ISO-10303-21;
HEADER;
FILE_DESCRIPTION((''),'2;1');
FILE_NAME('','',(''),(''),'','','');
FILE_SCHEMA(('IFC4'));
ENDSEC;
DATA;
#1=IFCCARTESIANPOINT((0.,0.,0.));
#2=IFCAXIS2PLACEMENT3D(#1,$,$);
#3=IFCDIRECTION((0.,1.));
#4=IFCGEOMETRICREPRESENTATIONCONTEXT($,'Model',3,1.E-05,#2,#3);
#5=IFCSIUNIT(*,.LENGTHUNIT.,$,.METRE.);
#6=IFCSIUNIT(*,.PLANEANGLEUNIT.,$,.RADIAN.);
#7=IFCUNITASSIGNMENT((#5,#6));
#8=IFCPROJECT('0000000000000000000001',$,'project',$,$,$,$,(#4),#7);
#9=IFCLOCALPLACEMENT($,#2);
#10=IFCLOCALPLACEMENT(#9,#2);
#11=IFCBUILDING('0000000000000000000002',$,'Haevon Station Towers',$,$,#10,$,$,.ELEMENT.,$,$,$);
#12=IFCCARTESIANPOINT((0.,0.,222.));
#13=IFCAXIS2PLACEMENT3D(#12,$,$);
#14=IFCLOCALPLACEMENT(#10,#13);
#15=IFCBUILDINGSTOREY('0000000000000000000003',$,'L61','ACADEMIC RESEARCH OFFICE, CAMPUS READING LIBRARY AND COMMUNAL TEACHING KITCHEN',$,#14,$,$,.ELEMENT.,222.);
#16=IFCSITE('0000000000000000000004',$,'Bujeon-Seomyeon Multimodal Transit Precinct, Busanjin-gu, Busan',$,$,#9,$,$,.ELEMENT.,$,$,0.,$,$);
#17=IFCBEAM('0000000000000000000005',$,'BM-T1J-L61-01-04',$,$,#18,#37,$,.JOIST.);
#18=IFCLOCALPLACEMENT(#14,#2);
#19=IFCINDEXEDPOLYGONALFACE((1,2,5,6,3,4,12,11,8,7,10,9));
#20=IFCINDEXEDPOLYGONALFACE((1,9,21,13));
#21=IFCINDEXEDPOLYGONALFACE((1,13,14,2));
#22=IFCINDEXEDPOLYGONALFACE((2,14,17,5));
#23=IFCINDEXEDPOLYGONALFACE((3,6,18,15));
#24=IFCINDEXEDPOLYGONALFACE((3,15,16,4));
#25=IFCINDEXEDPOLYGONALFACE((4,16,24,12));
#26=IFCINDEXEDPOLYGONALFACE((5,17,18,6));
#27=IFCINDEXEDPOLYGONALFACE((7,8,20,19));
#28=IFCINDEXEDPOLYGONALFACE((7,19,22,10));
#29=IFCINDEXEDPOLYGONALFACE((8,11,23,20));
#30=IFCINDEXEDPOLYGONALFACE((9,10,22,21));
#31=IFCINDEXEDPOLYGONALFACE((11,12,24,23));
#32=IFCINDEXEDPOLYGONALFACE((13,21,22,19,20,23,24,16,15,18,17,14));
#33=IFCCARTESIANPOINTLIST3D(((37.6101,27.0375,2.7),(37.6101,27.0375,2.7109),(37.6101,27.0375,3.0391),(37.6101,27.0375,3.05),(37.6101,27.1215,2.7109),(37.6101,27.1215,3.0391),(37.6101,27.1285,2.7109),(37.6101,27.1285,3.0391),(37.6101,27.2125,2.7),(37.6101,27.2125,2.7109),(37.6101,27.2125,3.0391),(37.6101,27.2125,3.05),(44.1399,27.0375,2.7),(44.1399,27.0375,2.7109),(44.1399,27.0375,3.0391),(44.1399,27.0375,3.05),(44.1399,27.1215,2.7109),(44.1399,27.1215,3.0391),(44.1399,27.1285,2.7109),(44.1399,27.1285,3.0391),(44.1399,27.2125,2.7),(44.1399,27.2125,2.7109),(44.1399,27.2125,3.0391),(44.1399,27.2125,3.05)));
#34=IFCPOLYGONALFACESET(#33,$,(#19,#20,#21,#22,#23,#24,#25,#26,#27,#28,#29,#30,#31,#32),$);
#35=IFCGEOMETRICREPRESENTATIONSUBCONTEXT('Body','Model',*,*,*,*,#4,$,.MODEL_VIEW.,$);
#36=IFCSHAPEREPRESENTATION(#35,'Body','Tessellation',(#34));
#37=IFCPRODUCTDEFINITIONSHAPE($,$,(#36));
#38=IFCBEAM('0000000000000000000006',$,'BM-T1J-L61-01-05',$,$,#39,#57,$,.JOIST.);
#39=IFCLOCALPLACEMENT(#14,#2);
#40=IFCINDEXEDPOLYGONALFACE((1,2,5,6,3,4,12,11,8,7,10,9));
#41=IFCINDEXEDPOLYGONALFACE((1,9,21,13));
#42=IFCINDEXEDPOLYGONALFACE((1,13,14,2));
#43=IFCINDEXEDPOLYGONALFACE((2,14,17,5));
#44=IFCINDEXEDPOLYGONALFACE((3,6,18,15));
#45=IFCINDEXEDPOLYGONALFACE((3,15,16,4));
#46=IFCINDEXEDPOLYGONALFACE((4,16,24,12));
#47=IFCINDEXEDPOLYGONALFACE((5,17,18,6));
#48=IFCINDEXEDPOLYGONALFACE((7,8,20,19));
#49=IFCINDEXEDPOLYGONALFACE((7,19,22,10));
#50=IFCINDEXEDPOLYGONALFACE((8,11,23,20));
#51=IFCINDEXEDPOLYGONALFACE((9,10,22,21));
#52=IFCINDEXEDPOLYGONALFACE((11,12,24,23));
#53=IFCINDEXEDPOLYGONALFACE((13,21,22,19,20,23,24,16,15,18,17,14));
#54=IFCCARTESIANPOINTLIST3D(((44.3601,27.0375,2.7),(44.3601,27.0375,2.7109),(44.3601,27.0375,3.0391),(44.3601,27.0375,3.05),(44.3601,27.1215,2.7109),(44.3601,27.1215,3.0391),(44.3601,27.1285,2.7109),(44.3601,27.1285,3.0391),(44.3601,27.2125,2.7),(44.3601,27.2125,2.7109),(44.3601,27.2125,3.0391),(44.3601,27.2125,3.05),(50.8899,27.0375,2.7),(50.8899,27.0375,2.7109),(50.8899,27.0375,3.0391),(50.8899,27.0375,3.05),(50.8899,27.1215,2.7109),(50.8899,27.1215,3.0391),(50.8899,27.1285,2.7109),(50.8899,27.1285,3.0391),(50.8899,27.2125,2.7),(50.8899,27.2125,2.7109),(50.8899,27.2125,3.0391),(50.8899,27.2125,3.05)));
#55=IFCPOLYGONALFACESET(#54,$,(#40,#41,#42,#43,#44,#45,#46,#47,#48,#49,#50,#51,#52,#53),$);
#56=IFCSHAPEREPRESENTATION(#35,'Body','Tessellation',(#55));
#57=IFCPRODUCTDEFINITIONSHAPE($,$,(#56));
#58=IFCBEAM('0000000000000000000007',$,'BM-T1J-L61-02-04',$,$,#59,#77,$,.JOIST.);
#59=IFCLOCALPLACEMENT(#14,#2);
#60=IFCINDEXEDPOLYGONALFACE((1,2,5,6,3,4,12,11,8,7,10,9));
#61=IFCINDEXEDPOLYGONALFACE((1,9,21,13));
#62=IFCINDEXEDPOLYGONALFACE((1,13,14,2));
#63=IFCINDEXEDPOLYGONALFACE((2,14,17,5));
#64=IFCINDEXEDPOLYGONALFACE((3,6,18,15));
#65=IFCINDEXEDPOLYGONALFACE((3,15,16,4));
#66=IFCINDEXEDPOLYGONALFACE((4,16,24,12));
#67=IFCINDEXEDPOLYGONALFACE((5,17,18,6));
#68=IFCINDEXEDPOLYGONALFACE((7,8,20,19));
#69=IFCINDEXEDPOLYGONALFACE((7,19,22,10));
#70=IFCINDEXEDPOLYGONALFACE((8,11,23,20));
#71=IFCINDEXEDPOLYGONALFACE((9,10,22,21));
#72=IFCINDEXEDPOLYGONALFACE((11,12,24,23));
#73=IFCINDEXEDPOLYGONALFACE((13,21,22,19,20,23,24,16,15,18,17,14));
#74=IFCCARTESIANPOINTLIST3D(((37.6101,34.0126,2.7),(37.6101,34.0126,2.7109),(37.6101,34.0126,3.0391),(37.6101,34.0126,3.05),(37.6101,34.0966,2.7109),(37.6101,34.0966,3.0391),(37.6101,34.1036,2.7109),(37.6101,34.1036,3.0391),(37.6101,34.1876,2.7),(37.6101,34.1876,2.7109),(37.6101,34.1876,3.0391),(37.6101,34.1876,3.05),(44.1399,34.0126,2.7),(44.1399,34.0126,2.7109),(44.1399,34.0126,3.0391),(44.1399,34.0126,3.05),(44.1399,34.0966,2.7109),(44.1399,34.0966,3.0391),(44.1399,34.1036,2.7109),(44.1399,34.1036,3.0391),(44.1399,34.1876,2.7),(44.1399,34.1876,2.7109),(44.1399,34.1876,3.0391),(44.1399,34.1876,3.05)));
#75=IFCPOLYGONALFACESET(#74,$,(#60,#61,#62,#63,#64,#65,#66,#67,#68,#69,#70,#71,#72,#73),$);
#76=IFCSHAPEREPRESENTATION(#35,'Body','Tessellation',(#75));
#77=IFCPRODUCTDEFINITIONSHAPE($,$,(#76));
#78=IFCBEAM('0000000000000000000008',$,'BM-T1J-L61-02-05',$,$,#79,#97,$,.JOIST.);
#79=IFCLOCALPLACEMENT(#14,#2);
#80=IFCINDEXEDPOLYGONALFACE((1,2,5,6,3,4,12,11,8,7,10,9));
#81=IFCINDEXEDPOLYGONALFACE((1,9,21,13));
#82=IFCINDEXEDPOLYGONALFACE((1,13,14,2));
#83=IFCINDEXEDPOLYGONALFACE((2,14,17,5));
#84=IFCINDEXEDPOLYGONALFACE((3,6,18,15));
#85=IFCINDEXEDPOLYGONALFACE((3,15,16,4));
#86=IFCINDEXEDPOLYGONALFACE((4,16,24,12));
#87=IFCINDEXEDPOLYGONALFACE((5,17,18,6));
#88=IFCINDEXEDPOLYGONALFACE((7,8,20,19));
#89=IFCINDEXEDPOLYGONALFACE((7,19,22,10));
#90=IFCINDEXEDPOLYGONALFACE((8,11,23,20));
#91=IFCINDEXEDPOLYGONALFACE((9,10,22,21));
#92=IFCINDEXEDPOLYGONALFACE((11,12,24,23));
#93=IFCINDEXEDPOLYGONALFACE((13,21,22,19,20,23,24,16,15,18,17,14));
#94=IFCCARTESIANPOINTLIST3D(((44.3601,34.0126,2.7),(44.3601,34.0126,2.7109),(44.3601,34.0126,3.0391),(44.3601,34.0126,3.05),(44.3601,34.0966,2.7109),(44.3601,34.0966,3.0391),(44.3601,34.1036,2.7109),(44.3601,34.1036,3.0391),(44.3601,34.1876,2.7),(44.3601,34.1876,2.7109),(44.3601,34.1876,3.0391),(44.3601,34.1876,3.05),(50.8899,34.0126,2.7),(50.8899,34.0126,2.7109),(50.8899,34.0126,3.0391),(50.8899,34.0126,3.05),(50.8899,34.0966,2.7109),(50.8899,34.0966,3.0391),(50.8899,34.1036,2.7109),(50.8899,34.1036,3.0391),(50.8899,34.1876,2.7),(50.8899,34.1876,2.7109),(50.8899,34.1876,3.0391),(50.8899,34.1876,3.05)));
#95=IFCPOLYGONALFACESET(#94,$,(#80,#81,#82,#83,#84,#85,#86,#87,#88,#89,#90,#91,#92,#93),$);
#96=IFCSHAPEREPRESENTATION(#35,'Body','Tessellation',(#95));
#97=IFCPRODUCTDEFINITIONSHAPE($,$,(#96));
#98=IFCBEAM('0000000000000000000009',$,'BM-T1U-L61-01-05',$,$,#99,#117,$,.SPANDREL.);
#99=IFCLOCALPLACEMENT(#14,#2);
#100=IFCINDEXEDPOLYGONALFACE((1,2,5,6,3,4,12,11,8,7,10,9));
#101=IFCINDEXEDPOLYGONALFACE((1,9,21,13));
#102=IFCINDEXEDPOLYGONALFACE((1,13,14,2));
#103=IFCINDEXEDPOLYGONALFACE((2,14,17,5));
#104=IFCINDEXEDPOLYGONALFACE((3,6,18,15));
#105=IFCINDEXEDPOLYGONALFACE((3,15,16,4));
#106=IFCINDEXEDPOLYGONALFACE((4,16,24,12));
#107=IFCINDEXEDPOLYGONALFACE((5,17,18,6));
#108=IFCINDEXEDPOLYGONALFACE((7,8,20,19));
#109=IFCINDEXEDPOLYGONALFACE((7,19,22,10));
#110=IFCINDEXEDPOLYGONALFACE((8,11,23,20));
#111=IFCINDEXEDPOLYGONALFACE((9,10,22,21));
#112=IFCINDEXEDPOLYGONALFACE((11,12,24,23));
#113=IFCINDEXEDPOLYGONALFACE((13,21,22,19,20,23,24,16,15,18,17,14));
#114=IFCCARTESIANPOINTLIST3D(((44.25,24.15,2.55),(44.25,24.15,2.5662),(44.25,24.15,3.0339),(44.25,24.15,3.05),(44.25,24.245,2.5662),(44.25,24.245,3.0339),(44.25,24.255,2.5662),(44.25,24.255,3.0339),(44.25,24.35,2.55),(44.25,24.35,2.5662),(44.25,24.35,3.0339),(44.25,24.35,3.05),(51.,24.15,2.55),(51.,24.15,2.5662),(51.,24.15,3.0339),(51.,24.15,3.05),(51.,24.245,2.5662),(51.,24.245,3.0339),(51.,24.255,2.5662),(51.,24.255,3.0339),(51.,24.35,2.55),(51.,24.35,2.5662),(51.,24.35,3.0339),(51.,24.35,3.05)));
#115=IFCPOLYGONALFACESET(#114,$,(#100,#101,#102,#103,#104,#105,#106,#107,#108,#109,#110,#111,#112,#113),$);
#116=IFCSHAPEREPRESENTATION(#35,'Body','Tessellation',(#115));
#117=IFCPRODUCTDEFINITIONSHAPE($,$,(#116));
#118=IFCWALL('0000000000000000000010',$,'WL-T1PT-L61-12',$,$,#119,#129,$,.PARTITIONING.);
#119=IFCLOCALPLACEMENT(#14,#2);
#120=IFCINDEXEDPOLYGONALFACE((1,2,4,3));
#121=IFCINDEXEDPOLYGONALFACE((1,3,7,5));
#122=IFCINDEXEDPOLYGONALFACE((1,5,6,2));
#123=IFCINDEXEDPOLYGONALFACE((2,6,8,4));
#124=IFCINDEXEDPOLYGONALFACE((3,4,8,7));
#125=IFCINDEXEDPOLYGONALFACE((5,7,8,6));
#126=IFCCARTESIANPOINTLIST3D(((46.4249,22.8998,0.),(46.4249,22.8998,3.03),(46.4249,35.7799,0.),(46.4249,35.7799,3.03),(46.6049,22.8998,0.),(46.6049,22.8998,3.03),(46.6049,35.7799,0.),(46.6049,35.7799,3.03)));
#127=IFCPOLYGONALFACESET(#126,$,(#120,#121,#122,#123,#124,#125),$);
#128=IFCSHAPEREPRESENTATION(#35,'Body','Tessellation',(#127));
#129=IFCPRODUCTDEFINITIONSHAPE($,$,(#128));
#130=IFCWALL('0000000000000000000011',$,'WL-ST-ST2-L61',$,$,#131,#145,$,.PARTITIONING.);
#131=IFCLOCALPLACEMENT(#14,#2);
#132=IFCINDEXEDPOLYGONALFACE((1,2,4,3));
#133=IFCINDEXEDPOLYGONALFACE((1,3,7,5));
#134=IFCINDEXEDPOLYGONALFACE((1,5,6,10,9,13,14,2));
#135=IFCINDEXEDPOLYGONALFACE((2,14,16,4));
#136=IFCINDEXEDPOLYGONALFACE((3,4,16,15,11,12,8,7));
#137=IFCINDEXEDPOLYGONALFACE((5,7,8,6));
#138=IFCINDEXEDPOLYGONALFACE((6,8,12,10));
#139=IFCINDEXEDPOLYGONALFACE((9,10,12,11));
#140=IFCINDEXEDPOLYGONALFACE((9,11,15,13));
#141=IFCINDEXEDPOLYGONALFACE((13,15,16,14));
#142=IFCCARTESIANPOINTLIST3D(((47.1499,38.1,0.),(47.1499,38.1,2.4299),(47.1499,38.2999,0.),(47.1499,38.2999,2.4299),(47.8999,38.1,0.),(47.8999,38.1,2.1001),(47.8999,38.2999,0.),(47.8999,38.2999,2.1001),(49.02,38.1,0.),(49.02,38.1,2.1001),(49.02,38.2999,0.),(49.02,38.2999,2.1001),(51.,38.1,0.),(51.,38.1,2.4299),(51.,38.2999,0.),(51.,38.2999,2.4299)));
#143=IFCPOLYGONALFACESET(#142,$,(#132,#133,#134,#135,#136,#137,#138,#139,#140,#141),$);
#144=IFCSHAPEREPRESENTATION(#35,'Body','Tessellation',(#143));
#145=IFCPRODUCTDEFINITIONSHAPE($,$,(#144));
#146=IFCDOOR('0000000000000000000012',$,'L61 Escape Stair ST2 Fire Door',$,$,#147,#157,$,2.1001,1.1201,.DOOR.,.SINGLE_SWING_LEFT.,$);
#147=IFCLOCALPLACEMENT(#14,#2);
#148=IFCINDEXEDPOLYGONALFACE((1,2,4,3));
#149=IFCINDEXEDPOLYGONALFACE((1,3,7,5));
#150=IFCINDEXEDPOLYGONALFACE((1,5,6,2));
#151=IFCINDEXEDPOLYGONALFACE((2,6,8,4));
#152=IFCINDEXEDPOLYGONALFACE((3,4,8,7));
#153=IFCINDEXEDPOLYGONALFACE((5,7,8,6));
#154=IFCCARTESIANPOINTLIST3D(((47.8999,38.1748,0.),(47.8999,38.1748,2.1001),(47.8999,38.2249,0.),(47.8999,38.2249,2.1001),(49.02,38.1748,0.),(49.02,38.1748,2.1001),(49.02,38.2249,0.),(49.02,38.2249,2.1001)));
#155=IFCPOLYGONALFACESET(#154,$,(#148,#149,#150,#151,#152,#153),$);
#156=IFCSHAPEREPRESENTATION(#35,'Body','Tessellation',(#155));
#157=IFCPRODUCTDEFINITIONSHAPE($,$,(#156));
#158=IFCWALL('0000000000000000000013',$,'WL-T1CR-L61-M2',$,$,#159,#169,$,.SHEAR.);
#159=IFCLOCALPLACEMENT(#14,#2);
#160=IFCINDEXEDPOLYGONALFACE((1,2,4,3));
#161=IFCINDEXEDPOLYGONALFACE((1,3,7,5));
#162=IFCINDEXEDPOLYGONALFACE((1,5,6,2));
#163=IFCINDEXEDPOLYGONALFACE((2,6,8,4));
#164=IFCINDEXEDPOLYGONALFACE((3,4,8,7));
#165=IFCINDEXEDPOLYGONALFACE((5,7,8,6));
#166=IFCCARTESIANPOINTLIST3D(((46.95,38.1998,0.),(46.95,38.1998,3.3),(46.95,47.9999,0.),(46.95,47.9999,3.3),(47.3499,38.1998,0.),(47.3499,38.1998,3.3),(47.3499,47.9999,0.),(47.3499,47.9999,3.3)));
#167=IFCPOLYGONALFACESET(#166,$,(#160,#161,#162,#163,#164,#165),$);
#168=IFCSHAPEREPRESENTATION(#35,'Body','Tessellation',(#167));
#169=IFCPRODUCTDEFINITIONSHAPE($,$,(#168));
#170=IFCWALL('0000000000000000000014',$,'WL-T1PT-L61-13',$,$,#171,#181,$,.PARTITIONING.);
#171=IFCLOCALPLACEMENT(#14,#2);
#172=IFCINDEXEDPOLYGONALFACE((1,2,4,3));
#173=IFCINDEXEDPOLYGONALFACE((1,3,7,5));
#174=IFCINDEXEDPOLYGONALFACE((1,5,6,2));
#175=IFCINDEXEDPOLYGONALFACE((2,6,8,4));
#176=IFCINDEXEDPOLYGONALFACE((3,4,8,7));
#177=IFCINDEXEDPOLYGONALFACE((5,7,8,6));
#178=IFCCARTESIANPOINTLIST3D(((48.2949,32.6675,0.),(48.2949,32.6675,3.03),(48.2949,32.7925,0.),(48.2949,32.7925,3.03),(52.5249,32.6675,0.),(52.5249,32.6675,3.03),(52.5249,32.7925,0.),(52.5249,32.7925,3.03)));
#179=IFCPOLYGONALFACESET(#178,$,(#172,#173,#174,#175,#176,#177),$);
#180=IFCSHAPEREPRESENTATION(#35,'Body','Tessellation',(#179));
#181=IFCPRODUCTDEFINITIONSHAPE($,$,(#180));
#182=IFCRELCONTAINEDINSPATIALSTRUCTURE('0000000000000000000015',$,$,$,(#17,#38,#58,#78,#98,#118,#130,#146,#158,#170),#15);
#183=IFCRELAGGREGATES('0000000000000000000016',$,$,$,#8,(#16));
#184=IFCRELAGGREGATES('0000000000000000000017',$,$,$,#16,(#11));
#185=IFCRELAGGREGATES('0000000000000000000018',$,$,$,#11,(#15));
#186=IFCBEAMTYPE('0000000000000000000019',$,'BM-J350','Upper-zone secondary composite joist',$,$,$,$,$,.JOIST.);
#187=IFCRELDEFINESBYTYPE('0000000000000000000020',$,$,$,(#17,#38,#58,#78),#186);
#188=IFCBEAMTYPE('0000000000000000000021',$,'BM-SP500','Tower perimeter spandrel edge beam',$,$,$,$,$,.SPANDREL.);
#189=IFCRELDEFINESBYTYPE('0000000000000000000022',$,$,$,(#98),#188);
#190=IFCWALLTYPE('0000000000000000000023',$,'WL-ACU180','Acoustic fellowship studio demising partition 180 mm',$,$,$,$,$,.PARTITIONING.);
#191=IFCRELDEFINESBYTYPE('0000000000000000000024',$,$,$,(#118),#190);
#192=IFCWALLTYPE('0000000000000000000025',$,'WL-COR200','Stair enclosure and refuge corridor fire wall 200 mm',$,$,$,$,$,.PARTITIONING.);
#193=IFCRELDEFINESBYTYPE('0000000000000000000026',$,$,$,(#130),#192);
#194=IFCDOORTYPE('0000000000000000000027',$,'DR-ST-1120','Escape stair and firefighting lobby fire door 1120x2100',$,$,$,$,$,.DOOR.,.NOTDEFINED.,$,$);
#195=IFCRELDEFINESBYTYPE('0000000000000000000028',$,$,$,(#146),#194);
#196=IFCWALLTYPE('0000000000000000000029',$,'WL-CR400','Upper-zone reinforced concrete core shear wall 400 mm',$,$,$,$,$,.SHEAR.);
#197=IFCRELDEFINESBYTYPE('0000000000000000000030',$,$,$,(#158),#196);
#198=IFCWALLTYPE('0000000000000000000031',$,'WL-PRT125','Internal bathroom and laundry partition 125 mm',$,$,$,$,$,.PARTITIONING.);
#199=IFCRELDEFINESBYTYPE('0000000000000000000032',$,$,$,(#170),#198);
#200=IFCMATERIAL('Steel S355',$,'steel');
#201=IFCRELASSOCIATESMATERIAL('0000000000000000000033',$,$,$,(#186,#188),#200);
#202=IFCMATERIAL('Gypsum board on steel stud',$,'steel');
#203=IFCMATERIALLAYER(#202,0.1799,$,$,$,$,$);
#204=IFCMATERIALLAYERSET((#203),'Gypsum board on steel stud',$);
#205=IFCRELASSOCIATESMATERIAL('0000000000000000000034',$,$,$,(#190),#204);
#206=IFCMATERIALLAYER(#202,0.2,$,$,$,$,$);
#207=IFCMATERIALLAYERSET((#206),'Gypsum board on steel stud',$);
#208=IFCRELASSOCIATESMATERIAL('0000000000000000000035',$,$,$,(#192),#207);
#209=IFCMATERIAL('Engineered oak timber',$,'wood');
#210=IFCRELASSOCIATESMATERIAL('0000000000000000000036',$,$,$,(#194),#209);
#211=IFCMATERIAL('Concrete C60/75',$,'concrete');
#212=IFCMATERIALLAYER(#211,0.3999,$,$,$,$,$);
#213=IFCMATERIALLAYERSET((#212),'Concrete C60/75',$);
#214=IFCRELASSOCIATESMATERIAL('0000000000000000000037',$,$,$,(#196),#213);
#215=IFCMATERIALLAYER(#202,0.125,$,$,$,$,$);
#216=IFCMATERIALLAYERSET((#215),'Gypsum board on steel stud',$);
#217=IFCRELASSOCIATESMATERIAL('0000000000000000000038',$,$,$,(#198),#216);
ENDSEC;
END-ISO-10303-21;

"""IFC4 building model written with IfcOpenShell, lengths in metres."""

from ifc_helpers import new_model, si_unit, direction, frame, frame_2d, origin, origin_2d, place, context, subcontext, project, spatial, rectangle, i_section, extrude, material, layer, layer_set, material_profile, profile_set, type_object, element, fill, save


model = new_model("IFC4")

# Units and contexts
model_context = context("Model", 3, precision=1e-05, world=origin(), true_north=direction((0.0, 1.0)))
body_context = subcontext(model_context, "Body", "Model", "MODEL_VIEW")
ifc_project = project(units=[si_unit("LENGTHUNIT", "METRE"), si_unit("PLANEANGLEUNIT", "RADIAN")], contexts=[model_context])

# Site, building, storey
site_placement = place(None, origin())
site = spatial("IfcSite", under=ifc_project, at=site_placement, Name="Bujeon-Seomyeon Multimodal Transit Precinct, Busanjin-gu, Busan", CompositionType="ELEMENT", RefElevation=0.0)
building_placement = place(site_placement, origin())
building = spatial("IfcBuilding", under=site, at=building_placement, Name="Haevon Station Towers", CompositionType="ELEMENT")
storey_placement = place(building_placement, frame((0.0, 0.0, 222.0)))
storey = spatial("IfcBuildingStorey", under=building, at=storey_placement, Name="L61", Description="ACADEMIC RESEARCH OFFICE, CAMPUS READING LIBRARY AND COMMUNAL TEACHING KITCHEN", CompositionType="ELEMENT", Elevation=222.0)

# Shared definitions
ifc_material_1 = material(Name="Steel S355", Category="steel")

# Beams
ifc_material_profile_1 = material_profile(ifc_material_1, i_section(OverallWidth=0.175, OverallDepth=0.3501, WebThickness=0.0071, FlangeThickness=0.011, at=origin_2d()), Name="H-350x175x7x11")
ifc_profile_set_1 = profile_set([ifc_material_profile_1], Name="Steel S355")
beam_type_1 = type_object("IfcBeamType", Name="BM-J350", Description="Upper-zone secondary composite joist", PredefinedType="JOIST", material=ifc_profile_set_1)
for number, where, z_axis, x_axis, name in (
    (1, (37.6101, 27.125, 2.875), (1.0, 0.0, 0.0), (0.0, 1.0, 0.0), "BM-T1J-L61-01-04"),
    (2, (44.3601, 27.125, 2.875), (1.0, 0.0, 0.0), (0.0, 1.0, 0.0), "BM-T1J-L61-01-05"),
    (3, (37.6101, 34.1001, 2.875), (1.0, 0.0, 0.0), (0.0, 1.0, 0.0), "BM-T1J-L61-02-04"),
    (4, (44.3601, 34.1001, 2.875), (1.0, 0.0, 0.0), (0.0, 1.0, 0.0), "BM-T1J-L61-02-05"),
):
    element("IfcBeam", number, at=place(storey_placement, frame(where, z_axis=z_axis, x_axis=x_axis)), inside=storey, type_object=beam_type_1, Name=name, PredefinedType="JOIST", context=body_context, shape_type="SweptSolid", body=[
        extrude(i_section(OverallWidth=0.175, OverallDepth=0.3501, WebThickness=0.0071, FlangeThickness=0.011, at=origin_2d()), origin(), (0.0, 0.0, 1.0), 6.5298),
    ])
ifc_material_profile_2 = material_profile(ifc_material_1, i_section(OverallWidth=0.2, OverallDepth=0.5, WebThickness=0.01, FlangeThickness=0.0161, at=origin_2d()), Name="H-500x200x10x16")
ifc_profile_set_2 = profile_set([ifc_material_profile_2], Name="Steel S355")
beam_type_2 = type_object("IfcBeamType", Name="BM-SP500", Description="Tower perimeter spandrel edge beam", PredefinedType="SPANDREL", material=ifc_profile_set_2)
beam_1_placement = place(storey_placement, frame((44.25, 24.25, 2.8), z_axis=(1.0, 0.0, 0.0), x_axis=(0.0, 1.0, 0.0)))
element("IfcBeam", 5, at=beam_1_placement, inside=storey, type_object=beam_type_2, Name="BM-T1U-L61-01-05", PredefinedType="SPANDREL", context=body_context, shape_type="SweptSolid", body=[
    extrude(i_section(OverallWidth=0.2, OverallDepth=0.5, WebThickness=0.01, FlangeThickness=0.0161, at=origin_2d()), origin(), (0.0, 0.0, 1.0), 6.75),
])

# Wall
ifc_material_2 = material(Name="Gypsum board on steel stud", Category="steel")
ifc_layer_1 = layer(ifc_material_2, 0.1799)
ifc_layer_set_1 = layer_set([ifc_layer_1], Name="Gypsum board on steel stud")
wall_type_1 = type_object("IfcWallType", Name="WL-ACU180", Description="Acoustic fellowship studio demising partition 180 mm", PredefinedType="PARTITIONING", material=ifc_layer_set_1)
wall_1_placement = place(storey_placement, frame((46.5149, 22.8999, 0.0), z_axis=(0.0, 0.0, 1.0), x_axis=(0.0, 1.0, 0.0)))
element("IfcWall", 6, at=wall_1_placement, inside=storey, type_object=wall_type_1, Name="WL-T1PT-L61-12", PredefinedType="PARTITIONING", context=body_context, shape_type="SweptSolid", body=[
    extrude(rectangle(XDim=12.8801, YDim=0.1799, at=frame_2d((6.4399, 0.0))), origin(), (0.0, 0.0, 1.0), 3.03),
])

# Wall, opening, door
ifc_layer_2 = layer(ifc_material_2, 0.2)
ifc_layer_set_2 = layer_set([ifc_layer_2], Name="Gypsum board on steel stud")
wall_type_2 = type_object("IfcWallType", Name="WL-COR200", Description="Stair enclosure and refuge corridor fire wall 200 mm", PredefinedType="PARTITIONING", material=ifc_layer_set_2)
wall_2_placement = place(storey_placement, frame((47.1499, 38.2, 0.0), z_axis=(0.0, 0.0, 1.0), x_axis=(1.0, 0.0, 0.0)))
wall_2 = element("IfcWall", 7, at=wall_2_placement, inside=storey, type_object=wall_type_2, Name="WL-ST-ST2-L61", PredefinedType="PARTITIONING", context=body_context, shape_type="SweptSolid", body=[
    extrude(rectangle(XDim=3.8501, YDim=0.2, at=frame_2d((1.925, 0.0))), origin(), (0.0, 0.0, 1.0), 2.4299),
])
opening_placement = place(wall_2_placement, frame((0.75, 0.0, 0.0)))
opening = element("IfcOpeningElement", 8, at=opening_placement, cuts=wall_2, PredefinedType="OPENING", context=body_context, shape_type="SweptSolid", body=[
    extrude(rectangle(XDim=1.1201, YDim=2.1001, at=frame_2d((0.5601, 1.05))), frame((0.0, 0.1099, 0.0), z_axis=(0.0, -1.0, 0.0), x_axis=(1.0, 0.0, 0.0)), (0.0, 0.0, 1.0), 0.22),
])
ifc_material_3 = material(Name="Engineered oak timber", Category="wood")
door_type = type_object("IfcDoorType", Name="DR-ST-1120", Description="Escape stair and firefighting lobby fire door 1120x2100", OperationType="NOTDEFINED", PredefinedType="DOOR", material=ifc_material_3)
door_placement = place(opening_placement, origin())
door = element("IfcDoor", 9, at=door_placement, inside=storey, type_object=door_type, Name="L61 Escape Stair ST2 Fire Door", OperationType="SINGLE_SWING_LEFT", OverallHeight=2.1001, OverallWidth=1.1201, PredefinedType="DOOR", context=body_context, shape_type="SweptSolid", body=[
    extrude(rectangle(XDim=1.1201, YDim=2.1001, at=frame_2d((0.5601, 1.05))), frame((0.0, 0.0249, 0.0), z_axis=(0.0, -1.0, 0.0), x_axis=(1.0, 0.0, 0.0)), (0.0, 0.0, 1.0), 0.05),
])
fill(opening, door)

# Walls
ifc_material_4 = material(Name="Concrete C60/75", Category="concrete")
ifc_layer_3 = layer(ifc_material_4, 0.3999)
ifc_layer_set_3 = layer_set([ifc_layer_3], Name="Concrete C60/75")
wall_type_3 = type_object("IfcWallType", Name="WL-CR400", Description="Upper-zone reinforced concrete core shear wall 400 mm", PredefinedType="SHEAR", material=ifc_layer_set_3)
wall_3_placement = place(storey_placement, frame((47.1499, 38.2, 0.0), z_axis=(0.0, 0.0, 1.0), x_axis=(0.0, 1.0, 0.0)))
element("IfcWall", 10, at=wall_3_placement, inside=storey, type_object=wall_type_3, Name="WL-T1CR-L61-M2", PredefinedType="SHEAR", context=body_context, shape_type="SweptSolid", body=[
    extrude(rectangle(XDim=9.8, YDim=0.3999, at=frame_2d((4.8999, 0.0))), origin(), (0.0, 0.0, 1.0), 3.3),
])
ifc_layer_4 = layer(ifc_material_2, 0.125)
ifc_layer_set_4 = layer_set([ifc_layer_4], Name="Gypsum board on steel stud")
wall_type_4 = type_object("IfcWallType", Name="WL-PRT125", Description="Internal bathroom and laundry partition 125 mm", PredefinedType="PARTITIONING", material=ifc_layer_set_4)
wall_4_placement = place(storey_placement, frame((48.2949, 32.73, 0.0), z_axis=(0.0, 0.0, 1.0), x_axis=(1.0, 0.0, 0.0)))
element("IfcWall", 11, at=wall_4_placement, inside=storey, type_object=wall_type_4, Name="WL-T1PT-L61-13", PredefinedType="PARTITIONING", context=body_context, shape_type="SweptSolid", body=[
    extrude(rectangle(XDim=4.23, YDim=0.125, at=frame_2d((2.115, 0.0))), origin(), (0.0, 0.0, 1.0), 3.03),
])

save(model, "model.ifc")
